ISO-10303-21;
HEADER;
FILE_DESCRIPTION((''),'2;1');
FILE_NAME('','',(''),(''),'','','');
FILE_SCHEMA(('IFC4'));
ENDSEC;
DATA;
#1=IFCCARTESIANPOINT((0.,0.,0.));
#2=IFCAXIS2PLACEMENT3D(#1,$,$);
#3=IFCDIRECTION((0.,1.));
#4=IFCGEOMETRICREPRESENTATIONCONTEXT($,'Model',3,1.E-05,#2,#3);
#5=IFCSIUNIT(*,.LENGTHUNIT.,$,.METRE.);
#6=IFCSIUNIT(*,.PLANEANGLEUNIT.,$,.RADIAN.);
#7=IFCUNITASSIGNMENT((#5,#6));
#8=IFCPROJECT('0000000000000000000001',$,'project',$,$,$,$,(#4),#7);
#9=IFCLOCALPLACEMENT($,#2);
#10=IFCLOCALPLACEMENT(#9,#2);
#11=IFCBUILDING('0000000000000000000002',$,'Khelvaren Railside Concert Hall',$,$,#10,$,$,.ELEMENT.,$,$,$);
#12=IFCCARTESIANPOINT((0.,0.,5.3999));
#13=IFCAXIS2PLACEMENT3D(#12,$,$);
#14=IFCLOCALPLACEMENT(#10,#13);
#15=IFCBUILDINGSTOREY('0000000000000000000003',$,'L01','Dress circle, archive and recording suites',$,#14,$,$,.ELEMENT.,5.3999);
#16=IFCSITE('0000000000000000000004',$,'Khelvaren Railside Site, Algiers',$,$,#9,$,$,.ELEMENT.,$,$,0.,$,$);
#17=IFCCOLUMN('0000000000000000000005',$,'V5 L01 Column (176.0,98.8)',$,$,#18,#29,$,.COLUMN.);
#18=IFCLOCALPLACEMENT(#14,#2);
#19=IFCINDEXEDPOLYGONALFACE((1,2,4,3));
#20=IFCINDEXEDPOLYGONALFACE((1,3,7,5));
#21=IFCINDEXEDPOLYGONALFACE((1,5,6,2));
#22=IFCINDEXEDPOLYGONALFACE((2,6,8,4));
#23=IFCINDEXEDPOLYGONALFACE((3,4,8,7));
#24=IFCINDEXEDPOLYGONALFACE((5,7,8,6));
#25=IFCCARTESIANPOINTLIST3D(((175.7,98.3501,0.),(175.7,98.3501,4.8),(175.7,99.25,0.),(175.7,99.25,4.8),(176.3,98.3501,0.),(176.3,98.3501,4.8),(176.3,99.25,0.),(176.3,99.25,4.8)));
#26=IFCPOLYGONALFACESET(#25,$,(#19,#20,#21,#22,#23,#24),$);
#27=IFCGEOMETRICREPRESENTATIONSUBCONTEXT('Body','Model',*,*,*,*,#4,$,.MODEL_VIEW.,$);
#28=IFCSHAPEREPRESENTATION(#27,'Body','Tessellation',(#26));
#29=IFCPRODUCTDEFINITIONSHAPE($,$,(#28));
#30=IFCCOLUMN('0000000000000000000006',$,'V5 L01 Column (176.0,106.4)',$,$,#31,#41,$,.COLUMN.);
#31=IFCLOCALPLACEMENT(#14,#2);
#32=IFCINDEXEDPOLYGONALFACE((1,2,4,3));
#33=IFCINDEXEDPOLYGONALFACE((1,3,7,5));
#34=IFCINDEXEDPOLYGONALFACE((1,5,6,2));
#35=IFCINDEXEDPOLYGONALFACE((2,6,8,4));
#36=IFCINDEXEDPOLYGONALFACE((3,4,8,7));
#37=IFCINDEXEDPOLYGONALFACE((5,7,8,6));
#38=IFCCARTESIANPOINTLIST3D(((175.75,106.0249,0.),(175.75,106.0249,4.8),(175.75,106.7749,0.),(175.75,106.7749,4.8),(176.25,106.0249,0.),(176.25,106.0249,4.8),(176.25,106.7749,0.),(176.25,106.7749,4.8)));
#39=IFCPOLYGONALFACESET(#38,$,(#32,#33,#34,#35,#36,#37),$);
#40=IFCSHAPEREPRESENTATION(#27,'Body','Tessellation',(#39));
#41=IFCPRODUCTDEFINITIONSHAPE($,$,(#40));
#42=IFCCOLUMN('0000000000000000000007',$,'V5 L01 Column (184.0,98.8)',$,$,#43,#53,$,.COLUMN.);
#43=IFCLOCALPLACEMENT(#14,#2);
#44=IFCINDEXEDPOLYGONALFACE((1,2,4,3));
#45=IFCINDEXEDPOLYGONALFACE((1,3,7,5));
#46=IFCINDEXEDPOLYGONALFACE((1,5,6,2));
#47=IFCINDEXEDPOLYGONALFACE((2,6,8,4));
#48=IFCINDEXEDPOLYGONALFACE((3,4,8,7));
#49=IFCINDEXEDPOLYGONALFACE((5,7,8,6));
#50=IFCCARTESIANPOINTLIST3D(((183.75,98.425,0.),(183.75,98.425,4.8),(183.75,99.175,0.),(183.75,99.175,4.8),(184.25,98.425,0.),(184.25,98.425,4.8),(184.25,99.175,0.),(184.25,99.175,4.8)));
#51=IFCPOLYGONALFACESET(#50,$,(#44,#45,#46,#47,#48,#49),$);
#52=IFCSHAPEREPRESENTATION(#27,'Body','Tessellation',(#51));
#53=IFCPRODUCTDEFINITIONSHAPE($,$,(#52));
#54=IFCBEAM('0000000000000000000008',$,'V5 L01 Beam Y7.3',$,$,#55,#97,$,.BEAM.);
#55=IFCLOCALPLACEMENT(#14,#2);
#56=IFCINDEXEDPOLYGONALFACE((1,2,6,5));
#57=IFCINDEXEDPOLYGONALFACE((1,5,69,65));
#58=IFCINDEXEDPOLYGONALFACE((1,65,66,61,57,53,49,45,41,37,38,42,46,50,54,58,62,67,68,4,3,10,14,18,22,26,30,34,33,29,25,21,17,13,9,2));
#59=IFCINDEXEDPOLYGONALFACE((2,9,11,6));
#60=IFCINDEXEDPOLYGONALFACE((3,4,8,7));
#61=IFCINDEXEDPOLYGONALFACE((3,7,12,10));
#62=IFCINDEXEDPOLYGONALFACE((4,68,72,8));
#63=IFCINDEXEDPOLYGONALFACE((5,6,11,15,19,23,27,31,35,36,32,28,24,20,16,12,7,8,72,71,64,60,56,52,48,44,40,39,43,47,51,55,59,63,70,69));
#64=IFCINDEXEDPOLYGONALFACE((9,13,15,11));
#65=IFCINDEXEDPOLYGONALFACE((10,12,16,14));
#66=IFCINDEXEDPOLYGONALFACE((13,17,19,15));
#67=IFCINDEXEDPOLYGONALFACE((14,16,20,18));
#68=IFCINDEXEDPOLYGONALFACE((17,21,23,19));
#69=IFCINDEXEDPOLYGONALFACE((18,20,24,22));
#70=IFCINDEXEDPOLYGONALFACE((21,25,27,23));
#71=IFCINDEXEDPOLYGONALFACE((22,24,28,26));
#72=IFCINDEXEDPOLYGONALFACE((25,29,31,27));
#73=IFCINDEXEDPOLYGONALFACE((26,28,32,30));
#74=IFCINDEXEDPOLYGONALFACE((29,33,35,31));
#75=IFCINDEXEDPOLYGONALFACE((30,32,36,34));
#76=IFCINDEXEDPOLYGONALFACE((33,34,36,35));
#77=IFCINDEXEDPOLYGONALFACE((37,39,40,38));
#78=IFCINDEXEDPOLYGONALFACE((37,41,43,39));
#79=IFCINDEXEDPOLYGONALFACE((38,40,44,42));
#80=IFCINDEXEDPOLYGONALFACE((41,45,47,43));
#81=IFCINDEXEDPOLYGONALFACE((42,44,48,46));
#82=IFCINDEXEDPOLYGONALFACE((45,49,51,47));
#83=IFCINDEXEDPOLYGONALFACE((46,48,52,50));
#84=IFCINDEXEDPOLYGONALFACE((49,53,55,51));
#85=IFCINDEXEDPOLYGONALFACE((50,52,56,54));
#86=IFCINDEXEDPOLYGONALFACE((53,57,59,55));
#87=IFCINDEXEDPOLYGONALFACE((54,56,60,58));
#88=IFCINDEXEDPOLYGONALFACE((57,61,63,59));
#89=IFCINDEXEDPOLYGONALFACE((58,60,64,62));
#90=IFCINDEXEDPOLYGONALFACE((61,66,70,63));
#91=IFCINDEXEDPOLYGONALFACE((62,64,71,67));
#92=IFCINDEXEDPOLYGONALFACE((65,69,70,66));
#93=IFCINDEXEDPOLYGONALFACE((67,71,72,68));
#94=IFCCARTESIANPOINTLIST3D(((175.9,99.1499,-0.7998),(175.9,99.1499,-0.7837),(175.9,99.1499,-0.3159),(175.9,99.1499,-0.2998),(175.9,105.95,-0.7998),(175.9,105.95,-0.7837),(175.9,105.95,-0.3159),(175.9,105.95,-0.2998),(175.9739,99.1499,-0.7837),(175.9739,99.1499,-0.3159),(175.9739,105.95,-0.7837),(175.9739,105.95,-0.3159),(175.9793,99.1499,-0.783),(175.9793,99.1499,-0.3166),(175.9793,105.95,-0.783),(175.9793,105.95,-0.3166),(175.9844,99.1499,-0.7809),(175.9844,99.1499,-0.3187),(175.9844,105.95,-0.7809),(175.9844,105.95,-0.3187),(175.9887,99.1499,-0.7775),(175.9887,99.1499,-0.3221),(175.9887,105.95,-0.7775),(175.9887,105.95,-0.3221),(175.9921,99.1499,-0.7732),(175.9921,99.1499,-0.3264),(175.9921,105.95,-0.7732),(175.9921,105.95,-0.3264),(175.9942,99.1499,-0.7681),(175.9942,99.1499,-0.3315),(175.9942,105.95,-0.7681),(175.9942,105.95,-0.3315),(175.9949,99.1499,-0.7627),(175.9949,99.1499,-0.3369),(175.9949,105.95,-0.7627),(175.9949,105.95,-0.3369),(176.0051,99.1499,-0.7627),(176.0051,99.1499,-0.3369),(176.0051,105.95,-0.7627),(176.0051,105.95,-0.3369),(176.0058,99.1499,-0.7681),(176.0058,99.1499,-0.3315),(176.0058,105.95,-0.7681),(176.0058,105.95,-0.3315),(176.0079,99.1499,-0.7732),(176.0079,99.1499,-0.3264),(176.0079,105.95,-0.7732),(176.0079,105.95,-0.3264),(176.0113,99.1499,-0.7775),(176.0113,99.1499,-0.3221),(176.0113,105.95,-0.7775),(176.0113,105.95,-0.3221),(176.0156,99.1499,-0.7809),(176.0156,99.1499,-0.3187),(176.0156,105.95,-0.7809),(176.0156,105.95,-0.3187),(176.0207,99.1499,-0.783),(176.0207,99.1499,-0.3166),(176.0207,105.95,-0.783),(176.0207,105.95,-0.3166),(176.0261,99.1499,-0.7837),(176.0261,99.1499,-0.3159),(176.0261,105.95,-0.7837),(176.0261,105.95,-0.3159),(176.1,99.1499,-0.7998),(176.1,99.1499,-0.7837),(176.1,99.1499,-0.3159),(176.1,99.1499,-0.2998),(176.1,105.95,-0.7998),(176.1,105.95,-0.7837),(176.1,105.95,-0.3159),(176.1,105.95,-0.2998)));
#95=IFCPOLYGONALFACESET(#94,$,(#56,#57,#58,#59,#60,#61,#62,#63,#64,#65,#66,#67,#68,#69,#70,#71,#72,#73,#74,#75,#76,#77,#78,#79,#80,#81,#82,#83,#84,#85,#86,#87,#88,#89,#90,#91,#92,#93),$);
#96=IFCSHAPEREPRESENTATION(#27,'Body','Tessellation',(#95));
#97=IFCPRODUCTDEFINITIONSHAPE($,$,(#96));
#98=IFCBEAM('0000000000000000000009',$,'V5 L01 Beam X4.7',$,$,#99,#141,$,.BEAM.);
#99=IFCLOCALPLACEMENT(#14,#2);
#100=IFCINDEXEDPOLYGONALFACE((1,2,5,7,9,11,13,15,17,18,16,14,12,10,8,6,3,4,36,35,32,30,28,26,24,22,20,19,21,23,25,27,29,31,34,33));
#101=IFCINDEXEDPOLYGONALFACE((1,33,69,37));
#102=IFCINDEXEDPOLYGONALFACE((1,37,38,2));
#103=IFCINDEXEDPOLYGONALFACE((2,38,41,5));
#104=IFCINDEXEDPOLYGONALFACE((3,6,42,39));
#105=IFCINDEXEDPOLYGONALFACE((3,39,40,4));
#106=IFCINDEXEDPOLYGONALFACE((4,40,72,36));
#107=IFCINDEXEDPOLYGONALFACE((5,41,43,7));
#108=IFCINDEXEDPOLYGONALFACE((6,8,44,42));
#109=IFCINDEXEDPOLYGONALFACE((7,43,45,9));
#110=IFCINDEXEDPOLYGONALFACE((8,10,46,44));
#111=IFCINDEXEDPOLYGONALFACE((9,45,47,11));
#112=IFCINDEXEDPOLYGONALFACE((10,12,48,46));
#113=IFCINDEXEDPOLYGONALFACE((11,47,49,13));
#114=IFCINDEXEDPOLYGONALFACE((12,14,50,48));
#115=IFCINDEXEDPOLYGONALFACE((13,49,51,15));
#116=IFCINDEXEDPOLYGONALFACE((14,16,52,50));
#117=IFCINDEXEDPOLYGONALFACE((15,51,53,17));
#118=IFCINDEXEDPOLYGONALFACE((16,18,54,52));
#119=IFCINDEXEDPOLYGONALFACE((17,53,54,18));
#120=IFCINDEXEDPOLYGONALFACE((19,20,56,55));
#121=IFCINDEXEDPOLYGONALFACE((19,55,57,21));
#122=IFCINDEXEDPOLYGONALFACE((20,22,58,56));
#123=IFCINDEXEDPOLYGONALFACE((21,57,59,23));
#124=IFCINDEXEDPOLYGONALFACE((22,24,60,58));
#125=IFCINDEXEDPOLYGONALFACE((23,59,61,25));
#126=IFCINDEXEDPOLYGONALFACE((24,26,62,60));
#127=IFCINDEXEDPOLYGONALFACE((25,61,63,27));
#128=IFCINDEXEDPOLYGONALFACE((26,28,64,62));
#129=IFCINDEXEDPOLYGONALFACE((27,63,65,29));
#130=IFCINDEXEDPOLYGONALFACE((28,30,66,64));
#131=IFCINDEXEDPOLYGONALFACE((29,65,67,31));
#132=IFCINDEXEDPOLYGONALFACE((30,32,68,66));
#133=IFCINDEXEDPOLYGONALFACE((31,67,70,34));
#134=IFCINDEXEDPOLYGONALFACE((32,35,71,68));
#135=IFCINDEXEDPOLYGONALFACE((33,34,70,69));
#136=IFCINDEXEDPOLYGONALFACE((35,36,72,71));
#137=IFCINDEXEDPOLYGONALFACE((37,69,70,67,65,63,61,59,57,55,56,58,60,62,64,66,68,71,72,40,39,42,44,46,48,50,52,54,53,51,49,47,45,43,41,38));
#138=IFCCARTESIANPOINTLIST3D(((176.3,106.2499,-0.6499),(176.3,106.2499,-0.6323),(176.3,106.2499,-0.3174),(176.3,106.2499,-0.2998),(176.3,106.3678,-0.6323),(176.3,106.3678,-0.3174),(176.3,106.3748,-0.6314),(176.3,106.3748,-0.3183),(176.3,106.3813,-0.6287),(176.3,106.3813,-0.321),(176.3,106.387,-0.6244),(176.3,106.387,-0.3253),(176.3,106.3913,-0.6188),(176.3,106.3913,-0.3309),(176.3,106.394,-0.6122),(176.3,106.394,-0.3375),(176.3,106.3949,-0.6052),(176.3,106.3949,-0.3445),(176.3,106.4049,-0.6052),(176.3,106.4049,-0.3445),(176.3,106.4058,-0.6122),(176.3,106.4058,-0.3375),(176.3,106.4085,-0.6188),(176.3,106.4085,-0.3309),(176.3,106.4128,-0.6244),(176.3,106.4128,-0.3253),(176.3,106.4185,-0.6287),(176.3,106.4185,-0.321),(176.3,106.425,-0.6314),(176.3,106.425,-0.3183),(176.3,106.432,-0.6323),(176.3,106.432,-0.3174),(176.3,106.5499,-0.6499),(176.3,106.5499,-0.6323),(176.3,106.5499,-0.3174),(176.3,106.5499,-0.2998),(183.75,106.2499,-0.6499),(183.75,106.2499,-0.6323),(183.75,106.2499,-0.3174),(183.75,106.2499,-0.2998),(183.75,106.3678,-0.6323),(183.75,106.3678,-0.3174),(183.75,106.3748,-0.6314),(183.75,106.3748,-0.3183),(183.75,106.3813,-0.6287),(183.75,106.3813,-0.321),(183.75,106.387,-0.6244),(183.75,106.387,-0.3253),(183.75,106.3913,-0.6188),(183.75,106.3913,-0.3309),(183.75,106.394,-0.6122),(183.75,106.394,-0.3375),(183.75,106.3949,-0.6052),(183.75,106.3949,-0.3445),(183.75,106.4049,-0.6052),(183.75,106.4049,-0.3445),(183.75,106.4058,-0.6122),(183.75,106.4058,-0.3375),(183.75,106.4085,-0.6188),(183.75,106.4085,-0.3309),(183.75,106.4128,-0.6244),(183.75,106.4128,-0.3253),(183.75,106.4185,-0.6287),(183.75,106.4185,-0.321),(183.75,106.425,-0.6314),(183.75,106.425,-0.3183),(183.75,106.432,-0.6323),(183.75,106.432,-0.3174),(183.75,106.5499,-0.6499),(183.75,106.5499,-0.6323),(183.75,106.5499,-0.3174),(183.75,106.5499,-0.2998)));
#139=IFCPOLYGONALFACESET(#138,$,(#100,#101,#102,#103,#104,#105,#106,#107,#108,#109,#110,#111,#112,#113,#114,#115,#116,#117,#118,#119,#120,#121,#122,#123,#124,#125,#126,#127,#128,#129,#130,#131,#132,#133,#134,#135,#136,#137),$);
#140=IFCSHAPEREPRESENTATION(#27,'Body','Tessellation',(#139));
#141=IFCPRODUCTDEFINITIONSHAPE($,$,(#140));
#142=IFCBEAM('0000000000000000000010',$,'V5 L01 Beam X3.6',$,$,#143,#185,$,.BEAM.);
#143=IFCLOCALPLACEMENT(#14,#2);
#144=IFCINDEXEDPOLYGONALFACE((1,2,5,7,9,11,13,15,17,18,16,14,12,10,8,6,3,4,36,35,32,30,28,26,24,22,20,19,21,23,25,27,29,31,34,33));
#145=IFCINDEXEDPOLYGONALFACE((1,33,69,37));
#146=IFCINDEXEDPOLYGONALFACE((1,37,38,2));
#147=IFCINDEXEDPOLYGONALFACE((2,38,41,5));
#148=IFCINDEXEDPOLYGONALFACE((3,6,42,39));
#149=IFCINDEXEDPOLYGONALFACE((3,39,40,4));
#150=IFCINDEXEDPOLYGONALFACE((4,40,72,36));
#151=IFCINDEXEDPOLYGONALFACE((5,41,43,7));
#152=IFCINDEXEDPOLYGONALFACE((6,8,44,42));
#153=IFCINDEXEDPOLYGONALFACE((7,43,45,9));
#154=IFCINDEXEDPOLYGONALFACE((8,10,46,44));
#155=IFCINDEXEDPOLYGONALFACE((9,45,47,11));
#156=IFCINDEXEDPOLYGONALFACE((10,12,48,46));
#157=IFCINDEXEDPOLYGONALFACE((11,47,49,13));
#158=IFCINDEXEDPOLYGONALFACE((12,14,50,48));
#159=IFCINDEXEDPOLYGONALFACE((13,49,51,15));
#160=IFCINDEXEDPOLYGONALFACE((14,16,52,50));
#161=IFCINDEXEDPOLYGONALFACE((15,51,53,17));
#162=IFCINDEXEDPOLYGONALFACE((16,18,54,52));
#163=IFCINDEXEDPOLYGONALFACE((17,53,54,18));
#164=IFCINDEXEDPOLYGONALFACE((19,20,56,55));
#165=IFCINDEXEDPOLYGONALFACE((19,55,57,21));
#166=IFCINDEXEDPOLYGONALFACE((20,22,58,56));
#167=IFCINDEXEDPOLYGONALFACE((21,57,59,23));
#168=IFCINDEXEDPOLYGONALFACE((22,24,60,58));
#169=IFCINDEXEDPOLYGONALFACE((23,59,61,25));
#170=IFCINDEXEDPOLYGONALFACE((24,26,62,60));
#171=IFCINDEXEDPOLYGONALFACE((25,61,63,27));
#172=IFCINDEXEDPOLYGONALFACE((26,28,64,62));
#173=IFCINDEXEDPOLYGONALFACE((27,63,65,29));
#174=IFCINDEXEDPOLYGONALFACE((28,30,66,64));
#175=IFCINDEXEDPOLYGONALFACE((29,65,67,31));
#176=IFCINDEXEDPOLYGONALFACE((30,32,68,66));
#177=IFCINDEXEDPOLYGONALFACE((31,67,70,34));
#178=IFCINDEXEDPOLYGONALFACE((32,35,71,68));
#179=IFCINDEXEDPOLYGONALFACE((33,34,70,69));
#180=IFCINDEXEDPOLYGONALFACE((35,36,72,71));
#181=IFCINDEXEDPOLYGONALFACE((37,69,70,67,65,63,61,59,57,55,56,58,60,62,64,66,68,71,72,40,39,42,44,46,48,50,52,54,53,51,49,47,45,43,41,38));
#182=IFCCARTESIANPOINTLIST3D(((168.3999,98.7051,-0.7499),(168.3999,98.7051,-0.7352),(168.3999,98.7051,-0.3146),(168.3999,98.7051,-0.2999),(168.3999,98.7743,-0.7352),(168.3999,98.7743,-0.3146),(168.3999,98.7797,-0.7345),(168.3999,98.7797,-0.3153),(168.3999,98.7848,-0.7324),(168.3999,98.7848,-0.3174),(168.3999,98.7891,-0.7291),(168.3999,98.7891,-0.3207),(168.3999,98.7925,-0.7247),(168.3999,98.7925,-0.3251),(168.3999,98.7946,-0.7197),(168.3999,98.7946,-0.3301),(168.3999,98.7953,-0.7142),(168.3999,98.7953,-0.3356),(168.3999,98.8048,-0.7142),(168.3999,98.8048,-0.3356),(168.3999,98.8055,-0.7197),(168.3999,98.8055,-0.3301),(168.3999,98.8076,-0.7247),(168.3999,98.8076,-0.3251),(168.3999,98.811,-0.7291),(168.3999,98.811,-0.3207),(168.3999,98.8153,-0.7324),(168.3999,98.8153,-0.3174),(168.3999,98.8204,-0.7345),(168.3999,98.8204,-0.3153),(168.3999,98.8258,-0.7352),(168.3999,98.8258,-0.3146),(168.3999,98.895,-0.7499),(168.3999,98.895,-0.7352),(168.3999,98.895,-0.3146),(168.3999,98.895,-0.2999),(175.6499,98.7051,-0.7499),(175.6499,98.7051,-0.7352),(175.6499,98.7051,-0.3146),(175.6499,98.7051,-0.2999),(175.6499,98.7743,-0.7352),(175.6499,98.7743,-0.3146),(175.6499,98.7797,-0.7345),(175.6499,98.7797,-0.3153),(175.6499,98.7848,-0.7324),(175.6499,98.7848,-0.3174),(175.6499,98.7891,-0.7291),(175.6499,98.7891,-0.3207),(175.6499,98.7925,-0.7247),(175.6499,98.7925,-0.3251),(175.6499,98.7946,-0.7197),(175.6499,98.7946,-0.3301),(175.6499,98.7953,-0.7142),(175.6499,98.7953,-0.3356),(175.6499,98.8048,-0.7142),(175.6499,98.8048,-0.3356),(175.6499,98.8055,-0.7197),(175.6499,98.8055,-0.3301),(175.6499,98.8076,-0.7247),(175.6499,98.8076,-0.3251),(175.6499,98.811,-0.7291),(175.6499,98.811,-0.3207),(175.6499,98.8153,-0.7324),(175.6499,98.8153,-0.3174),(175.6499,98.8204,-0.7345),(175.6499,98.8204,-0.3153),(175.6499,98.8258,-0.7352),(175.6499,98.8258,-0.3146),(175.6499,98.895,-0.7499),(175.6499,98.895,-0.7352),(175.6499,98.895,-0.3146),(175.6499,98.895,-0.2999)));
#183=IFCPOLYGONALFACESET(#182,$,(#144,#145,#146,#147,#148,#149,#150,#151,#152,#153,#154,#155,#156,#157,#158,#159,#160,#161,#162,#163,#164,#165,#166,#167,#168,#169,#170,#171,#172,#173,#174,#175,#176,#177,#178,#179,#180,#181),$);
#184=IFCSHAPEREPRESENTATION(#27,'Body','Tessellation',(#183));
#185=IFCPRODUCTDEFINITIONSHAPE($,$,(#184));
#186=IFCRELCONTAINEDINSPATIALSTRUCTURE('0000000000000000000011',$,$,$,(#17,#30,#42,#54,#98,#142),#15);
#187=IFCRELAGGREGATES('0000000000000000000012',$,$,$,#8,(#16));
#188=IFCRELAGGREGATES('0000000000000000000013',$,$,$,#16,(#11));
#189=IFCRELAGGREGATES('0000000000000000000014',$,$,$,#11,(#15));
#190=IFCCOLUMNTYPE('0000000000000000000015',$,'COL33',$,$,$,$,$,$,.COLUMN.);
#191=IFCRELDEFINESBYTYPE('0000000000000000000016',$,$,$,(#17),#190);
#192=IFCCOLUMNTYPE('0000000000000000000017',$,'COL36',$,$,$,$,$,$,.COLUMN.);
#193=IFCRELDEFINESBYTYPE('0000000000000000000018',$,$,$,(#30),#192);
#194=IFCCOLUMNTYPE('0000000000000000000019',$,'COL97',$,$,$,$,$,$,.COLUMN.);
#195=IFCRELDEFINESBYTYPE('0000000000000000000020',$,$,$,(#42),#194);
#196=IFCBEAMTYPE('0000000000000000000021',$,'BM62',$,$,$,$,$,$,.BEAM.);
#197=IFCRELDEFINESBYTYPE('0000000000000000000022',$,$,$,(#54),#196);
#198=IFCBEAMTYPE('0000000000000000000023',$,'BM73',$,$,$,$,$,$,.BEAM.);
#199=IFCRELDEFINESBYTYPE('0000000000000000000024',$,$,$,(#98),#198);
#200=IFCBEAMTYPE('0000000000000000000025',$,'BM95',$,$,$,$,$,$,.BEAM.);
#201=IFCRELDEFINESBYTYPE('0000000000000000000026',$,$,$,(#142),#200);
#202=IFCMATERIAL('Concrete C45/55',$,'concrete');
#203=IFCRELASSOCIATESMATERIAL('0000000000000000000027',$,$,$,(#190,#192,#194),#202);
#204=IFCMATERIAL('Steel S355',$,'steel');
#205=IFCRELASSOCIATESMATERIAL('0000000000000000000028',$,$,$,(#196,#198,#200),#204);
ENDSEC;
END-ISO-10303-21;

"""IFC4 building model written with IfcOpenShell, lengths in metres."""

from ifc_helpers import new_model, si_unit, direction, frame, origin, origin_2d, place, context, subcontext, project, spatial, rectangle, i_section, extrude, material, material_profile, profile_set, type_object, element, save


model = new_model("IFC4")

# Units and contexts
model_context = context("Model", 3, precision=1e-05, world=origin(), true_north=direction((0.0, 1.0)))
body_context = subcontext(model_context, "Body", "Model", "MODEL_VIEW")
ifc_project = project(units=[si_unit("LENGTHUNIT", "METRE"), si_unit("PLANEANGLEUNIT", "RADIAN")], contexts=[model_context])

# Site, building, storey
site_placement = place(None, origin())
site = spatial("IfcSite", under=ifc_project, at=site_placement, Name="Khelvaren Railside Site, Algiers", CompositionType="ELEMENT", RefElevation=0.0)
building_placement = place(site_placement, origin())
building = spatial("IfcBuilding", under=site, at=building_placement, Name="Khelvaren Railside Concert Hall", CompositionType="ELEMENT")
storey_placement = place(building_placement, frame((0.0, 0.0, 5.3999)))
storey = spatial("IfcBuildingStorey", under=building, at=storey_placement, Name="L01", Description="Dress circle, archive and recording suites", CompositionType="ELEMENT", Elevation=5.3999)

# Columns
ifc_material_1 = material(Name="Concrete C45/55", Category="concrete")
ifc_material_profile_1 = material_profile(ifc_material_1, rectangle(XDim=0.6001, YDim=0.8999, at=origin_2d()), Name="RC 600x900")
ifc_profile_set_1 = profile_set([ifc_material_profile_1], Name="Concrete C45/55")
column_type_1 = type_object("IfcColumnType", Name="COL33", PredefinedType="COLUMN", material=ifc_profile_set_1)
column_1_placement = place(storey_placement, frame((176.0, 98.8, 0.0), z_axis=(0.0, 0.0, 1.0), x_axis=(1.0, 0.0, 0.0)))
element("IfcColumn", 1, at=column_1_placement, inside=storey, type_object=column_type_1, Name="V5 L01 Column (176.0,98.8)", PredefinedType="COLUMN", context=body_context, shape_type="SweptSolid", body=[
    extrude(rectangle(XDim=0.6001, YDim=0.8999, at=origin_2d()), origin(), (0.0, 0.0, 1.0), 4.8),
])
ifc_material_profile_2 = material_profile(ifc_material_1, rectangle(XDim=0.5, YDim=0.75, at=origin_2d()), Name="RC 500x750")
ifc_profile_set_2 = profile_set([ifc_material_profile_2], Name="Concrete C45/55")
column_type_2 = type_object("IfcColumnType", Name="COL36", PredefinedType="COLUMN", material=ifc_profile_set_2)
column_2_placement = place(storey_placement, frame((176.0, 106.3999, 0.0), z_axis=(0.0, 0.0, 1.0), x_axis=(1.0, 0.0, 0.0)))
element("IfcColumn", 2, at=column_2_placement, inside=storey, type_object=column_type_2, Name="V5 L01 Column (176.0,106.4)", PredefinedType="COLUMN", context=body_context, shape_type="SweptSolid", body=[
    extrude(rectangle(XDim=0.5, YDim=0.75, at=origin_2d()), origin(), (0.0, 0.0, 1.0), 4.8),
])
ifc_material_profile_3 = material_profile(ifc_material_1, rectangle(XDim=0.5, YDim=0.75, at=origin_2d()), Name="RC 500x750")
ifc_profile_set_3 = profile_set([ifc_material_profile_3], Name="Concrete C45/55")
column_type_3 = type_object("IfcColumnType", Name="COL97", PredefinedType="COLUMN", material=ifc_profile_set_3)
column_3_placement = place(storey_placement, frame((184.0, 98.8, 0.0), z_axis=(0.0, 0.0, 1.0), x_axis=(1.0, 0.0, 0.0)))
element("IfcColumn", 3, at=column_3_placement, inside=storey, type_object=column_type_3, Name="V5 L01 Column (184.0,98.8)", PredefinedType="COLUMN", context=body_context, shape_type="SweptSolid", body=[
    extrude(rectangle(XDim=0.5, YDim=0.75, at=origin_2d()), origin(), (0.0, 0.0, 1.0), 4.8),
])

# Beams
ifc_material_2 = material(Name="Steel S355", Category="steel")
ifc_material_profile_4 = material_profile(ifc_material_2, i_section(OverallWidth=0.2, OverallDepth=0.5, WebThickness=0.0103, FlangeThickness=0.0161, FilletRadius=0.021, at=origin_2d()), Name="IPE 500")
ifc_profile_set_4 = profile_set([ifc_material_profile_4], Name="Steel S355")
beam_type_1 = type_object("IfcBeamType", Name="BM62", PredefinedType="BEAM", material=ifc_profile_set_4)
beam_1_placement = place(storey_placement, frame((176.0, 99.1499, -0.5498), z_axis=(0.0, 1.0, 0.0), x_axis=(-1.0, 0.0, 0.0)))
element("IfcBeam", 4, at=beam_1_placement, inside=storey, type_object=beam_type_1, Name="V5 L01 Beam Y7.3", PredefinedType="BEAM", context=body_context, shape_type="SweptSolid", body=[
    extrude(i_section(OverallWidth=0.2, OverallDepth=0.5, WebThickness=0.0103, FlangeThickness=0.0161, FilletRadius=0.021, at=origin_2d()), origin(), (0.0, 0.0, 1.0), 6.8),
])
ifc_material_profile_5 = material_profile(ifc_material_2, i_section(OverallWidth=0.3, OverallDepth=0.3501, WebThickness=0.01, FlangeThickness=0.0176, FilletRadius=0.0271, at=origin_2d()), Name="HEA 360")
ifc_profile_set_5 = profile_set([ifc_material_profile_5], Name="Steel S355")
beam_type_2 = type_object("IfcBeamType", Name="BM73", PredefinedType="BEAM", material=ifc_profile_set_5)
beam_2_placement = place(storey_placement, frame((176.3, 106.3999, -0.4749), z_axis=(1.0, 0.0, 0.0), x_axis=(0.0, 1.0, 0.0)))
element("IfcBeam", 5, at=beam_2_placement, inside=storey, type_object=beam_type_2, Name="V5 L01 Beam X4.7", PredefinedType="BEAM", context=body_context, shape_type="SweptSolid", body=[
    extrude(i_section(OverallWidth=0.3, OverallDepth=0.3501, WebThickness=0.01, FlangeThickness=0.0176, FilletRadius=0.0271, at=origin_2d()), origin(), (0.0, 0.0, 1.0), 7.45),
])
ifc_material_profile_6 = material_profile(ifc_material_2, i_section(OverallWidth=0.1899, OverallDepth=0.45, WebThickness=0.0095, FlangeThickness=0.0146, FilletRadius=0.021, at=origin_2d()), Name="IPE 450")
ifc_profile_set_6 = profile_set([ifc_material_profile_6], Name="Steel S355")
beam_type_3 = type_object("IfcBeamType", Name="BM95", PredefinedType="BEAM", material=ifc_profile_set_6)
beam_3_placement = place(storey_placement, frame((168.3999, 98.8, -0.5249), z_axis=(1.0, 0.0, 0.0), x_axis=(0.0, 1.0, 0.0)))
element("IfcBeam", 6, at=beam_3_placement, inside=storey, type_object=beam_type_3, Name="V5 L01 Beam X3.6", PredefinedType="BEAM", context=body_context, shape_type="SweptSolid", body=[
    extrude(i_section(OverallWidth=0.1899, OverallDepth=0.45, WebThickness=0.0095, FlangeThickness=0.0146, FilletRadius=0.021, at=origin_2d()), origin(), (0.0, 0.0, 1.0), 7.25),
])

save(model, "model.ifc")
